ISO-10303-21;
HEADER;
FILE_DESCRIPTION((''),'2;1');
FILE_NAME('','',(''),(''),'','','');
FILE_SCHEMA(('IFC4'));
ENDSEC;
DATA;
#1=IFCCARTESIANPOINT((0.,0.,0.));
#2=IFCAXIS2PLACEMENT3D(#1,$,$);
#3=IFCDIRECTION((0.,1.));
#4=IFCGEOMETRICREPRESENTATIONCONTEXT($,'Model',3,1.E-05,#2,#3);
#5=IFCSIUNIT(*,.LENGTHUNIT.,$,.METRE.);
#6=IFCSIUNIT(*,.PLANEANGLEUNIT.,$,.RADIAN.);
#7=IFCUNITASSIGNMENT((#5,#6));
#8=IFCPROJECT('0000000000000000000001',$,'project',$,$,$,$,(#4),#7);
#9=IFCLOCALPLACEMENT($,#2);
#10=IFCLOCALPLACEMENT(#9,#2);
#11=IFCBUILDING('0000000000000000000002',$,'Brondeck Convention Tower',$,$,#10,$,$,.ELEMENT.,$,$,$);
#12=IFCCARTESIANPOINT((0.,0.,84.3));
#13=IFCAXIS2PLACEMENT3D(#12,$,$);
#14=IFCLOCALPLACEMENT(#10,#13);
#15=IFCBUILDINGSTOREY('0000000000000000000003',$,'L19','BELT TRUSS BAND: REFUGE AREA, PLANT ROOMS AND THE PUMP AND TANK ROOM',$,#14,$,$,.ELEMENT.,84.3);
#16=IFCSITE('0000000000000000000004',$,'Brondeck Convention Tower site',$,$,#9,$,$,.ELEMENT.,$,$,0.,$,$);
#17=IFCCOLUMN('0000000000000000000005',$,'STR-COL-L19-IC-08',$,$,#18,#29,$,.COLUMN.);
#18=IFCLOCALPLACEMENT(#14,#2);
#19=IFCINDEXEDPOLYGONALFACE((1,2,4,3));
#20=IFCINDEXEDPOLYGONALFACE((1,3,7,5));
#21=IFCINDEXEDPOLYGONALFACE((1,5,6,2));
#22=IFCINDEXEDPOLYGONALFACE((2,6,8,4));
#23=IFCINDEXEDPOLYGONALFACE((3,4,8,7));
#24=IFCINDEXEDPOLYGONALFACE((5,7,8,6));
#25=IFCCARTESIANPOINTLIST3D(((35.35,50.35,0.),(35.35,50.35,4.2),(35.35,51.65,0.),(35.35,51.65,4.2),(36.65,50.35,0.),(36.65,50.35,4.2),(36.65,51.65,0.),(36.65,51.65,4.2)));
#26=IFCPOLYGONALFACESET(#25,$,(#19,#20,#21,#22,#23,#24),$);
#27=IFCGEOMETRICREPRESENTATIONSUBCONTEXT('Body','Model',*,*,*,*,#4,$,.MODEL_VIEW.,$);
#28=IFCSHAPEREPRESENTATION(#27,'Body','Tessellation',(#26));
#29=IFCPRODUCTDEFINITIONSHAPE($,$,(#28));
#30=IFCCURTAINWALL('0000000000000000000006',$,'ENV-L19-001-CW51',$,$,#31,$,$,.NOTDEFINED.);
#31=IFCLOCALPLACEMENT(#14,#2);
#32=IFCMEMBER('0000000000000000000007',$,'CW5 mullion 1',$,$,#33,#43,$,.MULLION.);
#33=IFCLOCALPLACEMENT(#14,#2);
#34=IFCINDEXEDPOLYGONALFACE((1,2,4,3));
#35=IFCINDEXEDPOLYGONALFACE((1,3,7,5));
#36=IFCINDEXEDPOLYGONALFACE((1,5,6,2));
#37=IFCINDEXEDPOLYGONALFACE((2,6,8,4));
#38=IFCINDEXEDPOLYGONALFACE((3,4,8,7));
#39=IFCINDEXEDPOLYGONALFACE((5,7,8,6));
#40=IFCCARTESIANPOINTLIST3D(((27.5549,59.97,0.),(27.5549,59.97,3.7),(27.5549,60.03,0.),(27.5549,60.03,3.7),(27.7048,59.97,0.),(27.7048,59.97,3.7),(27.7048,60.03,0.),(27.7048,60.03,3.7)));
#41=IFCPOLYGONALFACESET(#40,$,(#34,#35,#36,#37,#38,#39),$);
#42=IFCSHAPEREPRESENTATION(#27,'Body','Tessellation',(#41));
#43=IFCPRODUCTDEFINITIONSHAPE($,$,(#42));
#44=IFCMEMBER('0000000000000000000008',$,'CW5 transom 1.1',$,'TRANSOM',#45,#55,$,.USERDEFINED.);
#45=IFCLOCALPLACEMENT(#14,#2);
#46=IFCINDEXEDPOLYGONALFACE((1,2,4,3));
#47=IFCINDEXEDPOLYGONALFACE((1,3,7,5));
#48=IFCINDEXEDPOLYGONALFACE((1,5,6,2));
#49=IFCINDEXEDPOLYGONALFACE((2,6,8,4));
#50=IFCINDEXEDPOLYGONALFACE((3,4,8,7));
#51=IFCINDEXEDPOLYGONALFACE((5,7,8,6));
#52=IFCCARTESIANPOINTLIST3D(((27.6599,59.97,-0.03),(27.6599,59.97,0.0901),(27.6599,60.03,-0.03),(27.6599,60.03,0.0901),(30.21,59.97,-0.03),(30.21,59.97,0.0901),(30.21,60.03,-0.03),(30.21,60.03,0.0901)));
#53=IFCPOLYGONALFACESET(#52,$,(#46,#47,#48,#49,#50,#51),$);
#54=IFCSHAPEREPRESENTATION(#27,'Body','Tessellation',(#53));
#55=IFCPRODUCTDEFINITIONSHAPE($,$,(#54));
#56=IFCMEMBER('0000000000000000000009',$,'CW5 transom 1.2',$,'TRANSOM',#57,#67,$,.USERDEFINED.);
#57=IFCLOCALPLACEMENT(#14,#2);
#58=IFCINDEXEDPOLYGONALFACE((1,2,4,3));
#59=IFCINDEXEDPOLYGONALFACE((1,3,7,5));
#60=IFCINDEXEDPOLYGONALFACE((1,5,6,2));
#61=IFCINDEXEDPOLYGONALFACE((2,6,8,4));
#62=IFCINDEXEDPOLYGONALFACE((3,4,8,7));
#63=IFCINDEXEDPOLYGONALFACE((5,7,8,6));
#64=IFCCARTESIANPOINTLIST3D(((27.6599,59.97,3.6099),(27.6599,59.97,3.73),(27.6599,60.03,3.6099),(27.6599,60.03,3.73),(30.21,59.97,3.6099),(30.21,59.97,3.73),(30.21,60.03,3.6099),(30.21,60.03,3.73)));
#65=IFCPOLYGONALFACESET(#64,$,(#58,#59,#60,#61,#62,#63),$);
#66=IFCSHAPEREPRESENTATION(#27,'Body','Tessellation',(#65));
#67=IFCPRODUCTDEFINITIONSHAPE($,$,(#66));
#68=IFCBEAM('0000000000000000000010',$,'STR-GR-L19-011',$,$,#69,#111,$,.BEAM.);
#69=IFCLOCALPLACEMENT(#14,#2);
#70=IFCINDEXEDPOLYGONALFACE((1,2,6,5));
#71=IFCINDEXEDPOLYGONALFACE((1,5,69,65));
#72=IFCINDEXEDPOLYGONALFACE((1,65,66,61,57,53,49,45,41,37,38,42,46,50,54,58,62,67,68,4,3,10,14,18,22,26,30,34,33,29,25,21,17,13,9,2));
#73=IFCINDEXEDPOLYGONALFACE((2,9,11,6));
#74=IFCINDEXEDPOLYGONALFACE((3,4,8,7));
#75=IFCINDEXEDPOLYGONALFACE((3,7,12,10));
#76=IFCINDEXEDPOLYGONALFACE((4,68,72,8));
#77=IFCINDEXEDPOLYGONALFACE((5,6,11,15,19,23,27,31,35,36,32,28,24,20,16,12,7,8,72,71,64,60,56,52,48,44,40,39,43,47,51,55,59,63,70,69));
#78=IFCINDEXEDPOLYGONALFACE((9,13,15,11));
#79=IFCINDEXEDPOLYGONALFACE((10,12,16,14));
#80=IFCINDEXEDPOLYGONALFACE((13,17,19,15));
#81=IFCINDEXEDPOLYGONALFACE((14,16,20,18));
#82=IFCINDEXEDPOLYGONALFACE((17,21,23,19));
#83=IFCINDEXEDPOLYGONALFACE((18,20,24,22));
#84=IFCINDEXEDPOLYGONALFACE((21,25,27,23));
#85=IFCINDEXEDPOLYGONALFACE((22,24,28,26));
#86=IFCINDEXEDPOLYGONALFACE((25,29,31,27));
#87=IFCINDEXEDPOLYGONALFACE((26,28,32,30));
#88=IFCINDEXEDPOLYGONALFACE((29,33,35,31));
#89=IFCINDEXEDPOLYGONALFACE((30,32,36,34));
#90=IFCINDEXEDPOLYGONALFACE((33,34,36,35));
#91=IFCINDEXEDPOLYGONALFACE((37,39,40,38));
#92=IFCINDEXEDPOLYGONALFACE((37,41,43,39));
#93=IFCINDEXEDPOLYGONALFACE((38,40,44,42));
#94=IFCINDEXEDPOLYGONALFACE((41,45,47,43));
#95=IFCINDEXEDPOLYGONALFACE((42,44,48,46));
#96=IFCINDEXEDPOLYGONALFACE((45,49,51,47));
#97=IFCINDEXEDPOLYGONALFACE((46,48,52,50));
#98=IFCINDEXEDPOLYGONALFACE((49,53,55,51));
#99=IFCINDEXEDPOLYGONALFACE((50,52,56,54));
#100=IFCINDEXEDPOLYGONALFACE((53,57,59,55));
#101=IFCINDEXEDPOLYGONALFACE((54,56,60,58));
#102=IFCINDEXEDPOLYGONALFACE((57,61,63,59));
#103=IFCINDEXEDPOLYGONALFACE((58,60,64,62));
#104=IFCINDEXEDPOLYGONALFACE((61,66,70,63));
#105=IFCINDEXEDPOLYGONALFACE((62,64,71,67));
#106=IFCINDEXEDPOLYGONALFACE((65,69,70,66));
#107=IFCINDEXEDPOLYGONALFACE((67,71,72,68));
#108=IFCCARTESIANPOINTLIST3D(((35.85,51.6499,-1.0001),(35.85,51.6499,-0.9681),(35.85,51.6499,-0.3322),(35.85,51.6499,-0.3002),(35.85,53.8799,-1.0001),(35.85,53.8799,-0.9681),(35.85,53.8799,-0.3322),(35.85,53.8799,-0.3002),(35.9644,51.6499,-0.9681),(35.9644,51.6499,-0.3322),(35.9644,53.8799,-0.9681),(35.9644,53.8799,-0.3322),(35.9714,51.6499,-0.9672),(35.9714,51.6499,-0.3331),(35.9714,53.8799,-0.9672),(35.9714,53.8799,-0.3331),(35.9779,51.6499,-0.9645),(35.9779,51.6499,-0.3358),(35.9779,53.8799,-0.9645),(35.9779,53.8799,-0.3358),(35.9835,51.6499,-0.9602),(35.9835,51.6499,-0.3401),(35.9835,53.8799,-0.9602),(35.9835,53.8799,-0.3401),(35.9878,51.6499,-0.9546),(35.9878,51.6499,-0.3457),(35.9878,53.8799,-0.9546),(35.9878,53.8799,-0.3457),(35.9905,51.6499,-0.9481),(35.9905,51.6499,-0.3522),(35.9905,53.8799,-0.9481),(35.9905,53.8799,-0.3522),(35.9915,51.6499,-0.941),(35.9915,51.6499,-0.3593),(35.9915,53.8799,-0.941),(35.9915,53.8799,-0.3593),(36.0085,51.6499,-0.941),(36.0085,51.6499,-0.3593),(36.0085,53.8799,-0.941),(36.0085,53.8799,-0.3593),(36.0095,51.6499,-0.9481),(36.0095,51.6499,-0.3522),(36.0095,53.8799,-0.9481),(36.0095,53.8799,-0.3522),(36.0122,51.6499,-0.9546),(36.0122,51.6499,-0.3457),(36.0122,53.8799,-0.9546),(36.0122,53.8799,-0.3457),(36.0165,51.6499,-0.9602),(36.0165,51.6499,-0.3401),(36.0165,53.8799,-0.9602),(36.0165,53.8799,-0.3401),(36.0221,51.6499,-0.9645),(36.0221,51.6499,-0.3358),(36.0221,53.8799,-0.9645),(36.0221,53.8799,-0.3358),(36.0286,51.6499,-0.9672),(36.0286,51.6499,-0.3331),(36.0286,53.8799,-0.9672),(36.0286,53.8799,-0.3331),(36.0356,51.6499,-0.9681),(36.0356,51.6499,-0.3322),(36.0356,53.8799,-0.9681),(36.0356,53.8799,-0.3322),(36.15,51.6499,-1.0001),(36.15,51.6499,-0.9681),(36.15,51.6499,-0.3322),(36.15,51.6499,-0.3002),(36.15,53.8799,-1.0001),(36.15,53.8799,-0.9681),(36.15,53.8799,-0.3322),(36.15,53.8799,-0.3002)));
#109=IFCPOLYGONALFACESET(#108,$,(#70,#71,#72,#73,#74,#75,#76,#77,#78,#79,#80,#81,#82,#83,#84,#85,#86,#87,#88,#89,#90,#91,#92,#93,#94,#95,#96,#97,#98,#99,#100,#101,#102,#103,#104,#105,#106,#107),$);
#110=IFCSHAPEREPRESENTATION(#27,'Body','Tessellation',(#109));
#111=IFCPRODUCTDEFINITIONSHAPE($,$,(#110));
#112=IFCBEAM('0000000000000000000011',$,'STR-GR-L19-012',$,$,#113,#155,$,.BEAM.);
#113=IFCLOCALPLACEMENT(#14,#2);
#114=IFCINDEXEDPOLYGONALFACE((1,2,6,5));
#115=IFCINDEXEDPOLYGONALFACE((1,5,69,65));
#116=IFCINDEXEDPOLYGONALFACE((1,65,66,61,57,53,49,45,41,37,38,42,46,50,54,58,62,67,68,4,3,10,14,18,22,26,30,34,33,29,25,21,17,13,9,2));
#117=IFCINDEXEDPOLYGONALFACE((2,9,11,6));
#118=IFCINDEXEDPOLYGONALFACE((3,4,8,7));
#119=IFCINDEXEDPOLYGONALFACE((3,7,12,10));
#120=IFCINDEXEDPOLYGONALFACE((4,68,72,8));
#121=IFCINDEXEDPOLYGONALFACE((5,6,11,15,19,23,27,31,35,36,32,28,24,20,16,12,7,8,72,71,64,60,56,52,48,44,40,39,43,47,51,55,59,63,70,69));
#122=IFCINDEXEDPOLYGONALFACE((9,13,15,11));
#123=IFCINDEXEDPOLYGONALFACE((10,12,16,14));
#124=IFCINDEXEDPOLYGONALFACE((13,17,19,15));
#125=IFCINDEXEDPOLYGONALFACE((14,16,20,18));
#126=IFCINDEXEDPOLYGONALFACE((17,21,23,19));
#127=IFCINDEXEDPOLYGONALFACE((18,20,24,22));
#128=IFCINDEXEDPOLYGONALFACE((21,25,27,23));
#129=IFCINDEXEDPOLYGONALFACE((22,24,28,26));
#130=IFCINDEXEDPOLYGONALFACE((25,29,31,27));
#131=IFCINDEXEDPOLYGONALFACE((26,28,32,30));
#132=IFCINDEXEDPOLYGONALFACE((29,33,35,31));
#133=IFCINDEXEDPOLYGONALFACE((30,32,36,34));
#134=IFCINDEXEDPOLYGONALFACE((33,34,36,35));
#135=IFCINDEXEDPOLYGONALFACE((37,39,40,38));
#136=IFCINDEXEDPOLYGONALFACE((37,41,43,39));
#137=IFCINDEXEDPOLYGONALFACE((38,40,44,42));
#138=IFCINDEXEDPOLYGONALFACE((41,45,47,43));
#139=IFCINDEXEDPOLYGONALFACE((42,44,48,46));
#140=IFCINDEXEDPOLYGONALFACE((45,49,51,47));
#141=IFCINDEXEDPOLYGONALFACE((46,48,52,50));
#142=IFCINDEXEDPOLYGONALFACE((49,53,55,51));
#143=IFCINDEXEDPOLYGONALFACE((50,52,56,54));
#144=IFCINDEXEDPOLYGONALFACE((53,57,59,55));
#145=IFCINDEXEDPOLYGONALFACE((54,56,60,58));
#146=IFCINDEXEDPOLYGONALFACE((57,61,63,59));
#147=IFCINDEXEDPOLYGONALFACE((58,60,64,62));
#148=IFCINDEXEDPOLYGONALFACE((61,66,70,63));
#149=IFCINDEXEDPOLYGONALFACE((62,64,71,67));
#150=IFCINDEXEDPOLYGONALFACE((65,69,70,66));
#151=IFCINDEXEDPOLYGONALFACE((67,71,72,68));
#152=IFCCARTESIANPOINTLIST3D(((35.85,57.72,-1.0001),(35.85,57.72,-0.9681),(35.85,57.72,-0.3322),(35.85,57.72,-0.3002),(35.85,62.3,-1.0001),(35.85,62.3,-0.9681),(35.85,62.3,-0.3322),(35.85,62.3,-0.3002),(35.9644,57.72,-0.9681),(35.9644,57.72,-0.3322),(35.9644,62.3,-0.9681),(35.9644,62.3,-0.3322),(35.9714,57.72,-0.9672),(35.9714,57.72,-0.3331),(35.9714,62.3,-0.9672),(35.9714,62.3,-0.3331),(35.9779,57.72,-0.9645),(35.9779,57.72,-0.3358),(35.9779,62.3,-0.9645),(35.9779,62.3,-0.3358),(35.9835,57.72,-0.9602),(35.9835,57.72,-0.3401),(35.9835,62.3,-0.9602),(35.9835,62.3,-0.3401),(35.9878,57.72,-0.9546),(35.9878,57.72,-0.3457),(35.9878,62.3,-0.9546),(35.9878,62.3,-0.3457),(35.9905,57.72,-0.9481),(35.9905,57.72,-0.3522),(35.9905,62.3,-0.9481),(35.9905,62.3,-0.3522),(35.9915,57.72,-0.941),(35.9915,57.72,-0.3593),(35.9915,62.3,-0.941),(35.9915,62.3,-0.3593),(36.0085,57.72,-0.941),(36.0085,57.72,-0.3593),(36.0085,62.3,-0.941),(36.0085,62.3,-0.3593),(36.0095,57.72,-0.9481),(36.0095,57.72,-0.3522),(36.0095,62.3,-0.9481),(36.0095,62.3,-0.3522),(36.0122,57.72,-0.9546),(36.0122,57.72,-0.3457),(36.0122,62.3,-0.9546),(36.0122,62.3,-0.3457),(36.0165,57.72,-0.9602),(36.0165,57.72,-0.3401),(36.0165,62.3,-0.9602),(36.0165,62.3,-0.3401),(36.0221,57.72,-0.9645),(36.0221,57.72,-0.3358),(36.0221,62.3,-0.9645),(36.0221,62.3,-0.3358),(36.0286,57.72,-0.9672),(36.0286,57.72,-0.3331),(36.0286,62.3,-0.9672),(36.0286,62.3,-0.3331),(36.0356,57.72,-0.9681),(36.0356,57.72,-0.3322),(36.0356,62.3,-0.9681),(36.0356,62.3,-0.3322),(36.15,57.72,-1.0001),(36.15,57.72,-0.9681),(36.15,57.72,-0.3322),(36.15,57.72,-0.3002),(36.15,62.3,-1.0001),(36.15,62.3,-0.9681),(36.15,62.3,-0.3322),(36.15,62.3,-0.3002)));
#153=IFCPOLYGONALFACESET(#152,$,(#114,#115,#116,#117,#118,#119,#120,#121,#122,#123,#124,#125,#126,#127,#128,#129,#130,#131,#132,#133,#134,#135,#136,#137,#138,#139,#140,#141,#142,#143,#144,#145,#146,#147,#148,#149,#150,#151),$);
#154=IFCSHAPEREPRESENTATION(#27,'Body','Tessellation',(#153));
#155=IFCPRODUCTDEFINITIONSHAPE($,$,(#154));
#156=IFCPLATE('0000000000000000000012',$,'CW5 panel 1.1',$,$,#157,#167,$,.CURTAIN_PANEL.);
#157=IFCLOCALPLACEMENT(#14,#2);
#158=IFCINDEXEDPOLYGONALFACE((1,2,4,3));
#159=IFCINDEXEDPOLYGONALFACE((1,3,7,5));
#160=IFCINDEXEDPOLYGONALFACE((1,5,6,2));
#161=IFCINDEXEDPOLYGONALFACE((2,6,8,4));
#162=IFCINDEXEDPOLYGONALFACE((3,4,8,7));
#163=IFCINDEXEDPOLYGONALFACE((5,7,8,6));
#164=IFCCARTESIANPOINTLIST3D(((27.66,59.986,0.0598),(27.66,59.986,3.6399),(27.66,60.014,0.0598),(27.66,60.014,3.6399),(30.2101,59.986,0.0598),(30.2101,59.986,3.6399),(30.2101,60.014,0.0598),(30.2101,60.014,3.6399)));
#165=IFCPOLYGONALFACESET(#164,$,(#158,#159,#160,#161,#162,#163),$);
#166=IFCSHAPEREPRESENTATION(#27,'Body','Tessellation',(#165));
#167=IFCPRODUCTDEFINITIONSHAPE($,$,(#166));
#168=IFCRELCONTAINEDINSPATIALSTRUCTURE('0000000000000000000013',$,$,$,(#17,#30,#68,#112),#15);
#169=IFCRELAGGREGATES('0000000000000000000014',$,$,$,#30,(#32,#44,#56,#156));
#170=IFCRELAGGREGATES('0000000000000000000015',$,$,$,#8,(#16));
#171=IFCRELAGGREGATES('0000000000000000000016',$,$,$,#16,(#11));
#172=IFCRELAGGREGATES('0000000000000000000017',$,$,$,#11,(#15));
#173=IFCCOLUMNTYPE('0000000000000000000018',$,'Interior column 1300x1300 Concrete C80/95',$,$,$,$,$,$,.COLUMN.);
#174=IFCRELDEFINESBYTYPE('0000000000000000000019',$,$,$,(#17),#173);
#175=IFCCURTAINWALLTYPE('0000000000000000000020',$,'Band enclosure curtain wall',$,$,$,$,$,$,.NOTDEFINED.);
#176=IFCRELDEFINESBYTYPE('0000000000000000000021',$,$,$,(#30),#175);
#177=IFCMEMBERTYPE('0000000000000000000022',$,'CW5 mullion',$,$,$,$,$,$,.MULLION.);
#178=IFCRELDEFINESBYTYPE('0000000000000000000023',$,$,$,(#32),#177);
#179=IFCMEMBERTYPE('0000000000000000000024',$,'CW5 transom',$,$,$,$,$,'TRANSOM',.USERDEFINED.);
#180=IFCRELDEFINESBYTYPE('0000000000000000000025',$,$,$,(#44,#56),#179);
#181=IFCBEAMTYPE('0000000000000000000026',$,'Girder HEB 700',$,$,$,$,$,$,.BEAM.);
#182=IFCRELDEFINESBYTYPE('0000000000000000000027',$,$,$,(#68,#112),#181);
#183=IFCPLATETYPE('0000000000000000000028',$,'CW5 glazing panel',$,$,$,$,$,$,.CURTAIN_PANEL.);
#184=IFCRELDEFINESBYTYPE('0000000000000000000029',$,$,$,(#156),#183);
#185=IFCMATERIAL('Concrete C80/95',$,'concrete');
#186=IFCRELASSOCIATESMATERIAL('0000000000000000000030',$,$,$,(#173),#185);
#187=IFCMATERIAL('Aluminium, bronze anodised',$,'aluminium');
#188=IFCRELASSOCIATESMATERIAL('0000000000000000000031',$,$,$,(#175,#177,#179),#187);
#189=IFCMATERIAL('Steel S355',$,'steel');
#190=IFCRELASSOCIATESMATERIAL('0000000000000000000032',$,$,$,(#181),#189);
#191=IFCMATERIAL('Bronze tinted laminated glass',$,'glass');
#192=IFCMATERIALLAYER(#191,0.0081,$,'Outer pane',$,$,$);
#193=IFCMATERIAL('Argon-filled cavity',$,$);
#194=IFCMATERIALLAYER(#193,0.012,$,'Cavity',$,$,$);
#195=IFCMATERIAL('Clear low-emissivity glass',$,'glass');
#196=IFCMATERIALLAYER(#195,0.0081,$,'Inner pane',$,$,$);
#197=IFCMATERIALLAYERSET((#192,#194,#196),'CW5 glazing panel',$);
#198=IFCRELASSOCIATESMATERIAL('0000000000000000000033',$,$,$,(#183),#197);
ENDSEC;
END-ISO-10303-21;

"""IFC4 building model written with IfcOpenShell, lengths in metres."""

from ifc_helpers import new_model, si_unit, direction, frame, origin, origin_2d, place, context, subcontext, project, spatial, rectangle, i_section, extrude, material, layer, layer_set, material_profile, profile_set, type_object, element, aggregate, save


model = new_model("IFC4")

# Units and contexts
model_context = context("Model", 3, precision=1e-05, world=origin(), true_north=direction((0.0, 1.0)))
body_context = subcontext(model_context, "Body", "Model", "MODEL_VIEW")
ifc_project = project(units=[si_unit("LENGTHUNIT", "METRE"), si_unit("PLANEANGLEUNIT", "RADIAN")], contexts=[model_context])

# Site, building, storey
site_placement = place(None, origin())
site = spatial("IfcSite", under=ifc_project, at=site_placement, Name="Brondeck Convention Tower site", CompositionType="ELEMENT", RefElevation=0.0)
building_placement = place(site_placement, origin())
building = spatial("IfcBuilding", under=site, at=building_placement, Name="Brondeck Convention Tower", CompositionType="ELEMENT")
storey_placement = place(building_placement, frame((0.0, 0.0, 84.3)))
storey = spatial("IfcBuildingStorey", under=building, at=storey_placement, Name="L19", Description="BELT TRUSS BAND: REFUGE AREA, PLANT ROOMS AND THE PUMP AND TANK ROOM", CompositionType="ELEMENT", Elevation=84.3)

# Column
ifc_material_1 = material(Name="Concrete C80/95", Category="concrete")
ifc_material_profile_1 = material_profile(ifc_material_1, rectangle(XDim=1.3, YDim=1.3, at=origin_2d()), Name="Interior column 1300x1300 Concrete C80/95")
ifc_profile_set_1 = profile_set([ifc_material_profile_1], Name="Concrete C80/95")
column_type = type_object("IfcColumnType", Name="Interior column 1300x1300 Concrete C80/95", PredefinedType="COLUMN", material=ifc_profile_set_1)
column_placement = place(storey_placement, frame((36.0, 51.0, 0.0), z_axis=(0.0, 0.0, 1.0), x_axis=(1.0, 0.0, 0.0)))
element("IfcColumn", 1, at=column_placement, inside=storey, type_object=column_type, Name="STR-COL-L19-IC-08", PredefinedType="COLUMN", context=body_context, shape_type="SweptSolid", body=[
    extrude(rectangle(XDim=1.3, YDim=1.3, at=origin_2d()), origin(), (0.0, 0.0, 1.0), 4.2),
])

# Curtain wall, members
ifc_material_2 = material(Name="Aluminium, bronze anodised", Category="aluminium")
curtain_wall_type = type_object("IfcCurtainWallType", Name="Band enclosure curtain wall", PredefinedType="NOTDEFINED", material=ifc_material_2)
curtain_wall_placement = place(storey_placement, origin())
curtain_wall = element("IfcCurtainWall", 2, at=curtain_wall_placement, inside=storey, type_object=curtain_wall_type, Name="ENV-L19-001-CW51", PredefinedType="NOTDEFINED")
ifc_material_profile_2 = material_profile(ifc_material_2, rectangle(XDim=0.0601, YDim=0.1499, at=origin_2d()), Name="CW5 mullion")
ifc_profile_set_2 = profile_set([ifc_material_profile_2], Name="Aluminium, bronze anodised")
member_type_1 = type_object("IfcMemberType", Name="CW5 mullion", PredefinedType="MULLION", material=ifc_profile_set_2)
member_1_placement = place(storey_placement, frame((27.6299, 60.0, 0.0), z_axis=(0.0, 0.0, 1.0), x_axis=(0.0, 1.0, 0.0)))
member_1 = element("IfcMember", 3, at=member_1_placement, type_object=member_type_1, Name="CW5 mullion 1", PredefinedType="MULLION", context=body_context, shape_type="SweptSolid", body=[
    extrude(rectangle(XDim=0.0601, YDim=0.1499, at=origin_2d()), origin(), (0.0, 0.0, 1.0), 3.7),
])
ifc_material_profile_3 = material_profile(ifc_material_2, rectangle(XDim=0.0601, YDim=0.1201, at=origin_2d()), Name="CW5 transom")
ifc_profile_set_3 = profile_set([ifc_material_profile_3], Name="Aluminium, bronze anodised")
member_type_2 = type_object("IfcMemberType", Name="CW5 transom", ElementType="TRANSOM", PredefinedType="USERDEFINED", material=ifc_profile_set_3)
member_2_placement = place(storey_placement, frame((27.6599, 60.0, 0.03), z_axis=(1.0, 0.0, 0.0), x_axis=(0.0, 1.0, 0.0)))
member_2 = element("IfcMember", 4, at=member_2_placement, type_object=member_type_2, Name="CW5 transom 1.1", ObjectType="TRANSOM", PredefinedType="USERDEFINED", context=body_context, shape_type="SweptSolid", body=[
    extrude(rectangle(XDim=0.0601, YDim=0.1201, at=origin_2d()), origin(), (0.0, 0.0, 1.0), 2.55),
])
member_3_placement = place(storey_placement, frame((27.6599, 60.0, 3.6699), z_axis=(1.0, 0.0, 0.0), x_axis=(0.0, 1.0, 0.0)))
member_3 = element("IfcMember", 5, at=member_3_placement, type_object=member_type_2, Name="CW5 transom 1.2", ObjectType="TRANSOM", PredefinedType="USERDEFINED", context=body_context, shape_type="SweptSolid", body=[
    extrude(rectangle(XDim=0.0601, YDim=0.1201, at=origin_2d()), origin(), (0.0, 0.0, 1.0), 2.55),
])

# Beams
ifc_material_3 = material(Name="Steel S355", Category="steel")
ifc_material_profile_4 = material_profile(ifc_material_3, i_section(OverallWidth=0.3, OverallDepth=0.7, WebThickness=0.0171, FlangeThickness=0.032, FilletRadius=0.0271, at=origin_2d()), Name="HEB 700")
ifc_profile_set_4 = profile_set([ifc_material_profile_4], Name="Steel S355")
beam_type = type_object("IfcBeamType", Name="Girder HEB 700", PredefinedType="BEAM", material=ifc_profile_set_4)
beam_1_placement = place(storey_placement, frame((36.0, 51.6499, -0.6501), z_axis=(0.0, 1.0, 0.0), x_axis=(-1.0, 0.0, 0.0)))
element("IfcBeam", 6, at=beam_1_placement, inside=storey, type_object=beam_type, Name="STR-GR-L19-011", PredefinedType="BEAM", context=body_context, shape_type="SweptSolid", body=[
    extrude(i_section(OverallWidth=0.3, OverallDepth=0.7, WebThickness=0.0171, FlangeThickness=0.032, FilletRadius=0.0271, at=origin_2d()), origin(), (0.0, 0.0, 1.0), 2.23),
])
beam_2_placement = place(storey_placement, frame((36.0, 57.72, -0.6501), z_axis=(0.0, 1.0, 0.0), x_axis=(-1.0, 0.0, 0.0)))
element("IfcBeam", 7, at=beam_2_placement, inside=storey, type_object=beam_type, Name="STR-GR-L19-012", PredefinedType="BEAM", context=body_context, shape_type="SweptSolid", body=[
    extrude(i_section(OverallWidth=0.3, OverallDepth=0.7, WebThickness=0.0171, FlangeThickness=0.032, FilletRadius=0.0271, at=origin_2d()), origin(), (0.0, 0.0, 1.0), 4.5801),
])

# Plate
ifc_material_4 = material(Name="Bronze tinted laminated glass", Category="glass")
ifc_layer_1 = layer(ifc_material_4, 0.0081, Name="Outer pane")
ifc_material_5 = material(Name="Argon-filled cavity")
ifc_layer_2 = layer(ifc_material_5, 0.012, Name="Cavity")
ifc_material_6 = material(Name="Clear low-emissivity glass", Category="glass")
ifc_layer_3 = layer(ifc_material_6, 0.0081, Name="Inner pane")
ifc_layer_set_1 = layer_set([ifc_layer_1, ifc_layer_2, ifc_layer_3], Name="CW5 glazing panel")
plate_type = type_object("IfcPlateType", Name="CW5 glazing panel", PredefinedType="CURTAIN_PANEL", material=ifc_layer_set_1)
plate_placement = place(storey_placement, frame((28.9351, 60.0, 0.0598), z_axis=(0.0, 0.0, 1.0), x_axis=(1.0, 0.0, 0.0)))
plate = element("IfcPlate", 8, at=plate_placement, type_object=plate_type, Name="CW5 panel 1.1", PredefinedType="CURTAIN_PANEL", context=body_context, shape_type="SweptSolid", body=[
    extrude(rectangle(XDim=2.55, YDim=0.0281, at=origin_2d()), origin(), (0.0, 0.0, 1.0), 3.5801),
])
aggregate(curtain_wall, [member_1, member_2, member_3, plate])

save(model, "model.ifc")
